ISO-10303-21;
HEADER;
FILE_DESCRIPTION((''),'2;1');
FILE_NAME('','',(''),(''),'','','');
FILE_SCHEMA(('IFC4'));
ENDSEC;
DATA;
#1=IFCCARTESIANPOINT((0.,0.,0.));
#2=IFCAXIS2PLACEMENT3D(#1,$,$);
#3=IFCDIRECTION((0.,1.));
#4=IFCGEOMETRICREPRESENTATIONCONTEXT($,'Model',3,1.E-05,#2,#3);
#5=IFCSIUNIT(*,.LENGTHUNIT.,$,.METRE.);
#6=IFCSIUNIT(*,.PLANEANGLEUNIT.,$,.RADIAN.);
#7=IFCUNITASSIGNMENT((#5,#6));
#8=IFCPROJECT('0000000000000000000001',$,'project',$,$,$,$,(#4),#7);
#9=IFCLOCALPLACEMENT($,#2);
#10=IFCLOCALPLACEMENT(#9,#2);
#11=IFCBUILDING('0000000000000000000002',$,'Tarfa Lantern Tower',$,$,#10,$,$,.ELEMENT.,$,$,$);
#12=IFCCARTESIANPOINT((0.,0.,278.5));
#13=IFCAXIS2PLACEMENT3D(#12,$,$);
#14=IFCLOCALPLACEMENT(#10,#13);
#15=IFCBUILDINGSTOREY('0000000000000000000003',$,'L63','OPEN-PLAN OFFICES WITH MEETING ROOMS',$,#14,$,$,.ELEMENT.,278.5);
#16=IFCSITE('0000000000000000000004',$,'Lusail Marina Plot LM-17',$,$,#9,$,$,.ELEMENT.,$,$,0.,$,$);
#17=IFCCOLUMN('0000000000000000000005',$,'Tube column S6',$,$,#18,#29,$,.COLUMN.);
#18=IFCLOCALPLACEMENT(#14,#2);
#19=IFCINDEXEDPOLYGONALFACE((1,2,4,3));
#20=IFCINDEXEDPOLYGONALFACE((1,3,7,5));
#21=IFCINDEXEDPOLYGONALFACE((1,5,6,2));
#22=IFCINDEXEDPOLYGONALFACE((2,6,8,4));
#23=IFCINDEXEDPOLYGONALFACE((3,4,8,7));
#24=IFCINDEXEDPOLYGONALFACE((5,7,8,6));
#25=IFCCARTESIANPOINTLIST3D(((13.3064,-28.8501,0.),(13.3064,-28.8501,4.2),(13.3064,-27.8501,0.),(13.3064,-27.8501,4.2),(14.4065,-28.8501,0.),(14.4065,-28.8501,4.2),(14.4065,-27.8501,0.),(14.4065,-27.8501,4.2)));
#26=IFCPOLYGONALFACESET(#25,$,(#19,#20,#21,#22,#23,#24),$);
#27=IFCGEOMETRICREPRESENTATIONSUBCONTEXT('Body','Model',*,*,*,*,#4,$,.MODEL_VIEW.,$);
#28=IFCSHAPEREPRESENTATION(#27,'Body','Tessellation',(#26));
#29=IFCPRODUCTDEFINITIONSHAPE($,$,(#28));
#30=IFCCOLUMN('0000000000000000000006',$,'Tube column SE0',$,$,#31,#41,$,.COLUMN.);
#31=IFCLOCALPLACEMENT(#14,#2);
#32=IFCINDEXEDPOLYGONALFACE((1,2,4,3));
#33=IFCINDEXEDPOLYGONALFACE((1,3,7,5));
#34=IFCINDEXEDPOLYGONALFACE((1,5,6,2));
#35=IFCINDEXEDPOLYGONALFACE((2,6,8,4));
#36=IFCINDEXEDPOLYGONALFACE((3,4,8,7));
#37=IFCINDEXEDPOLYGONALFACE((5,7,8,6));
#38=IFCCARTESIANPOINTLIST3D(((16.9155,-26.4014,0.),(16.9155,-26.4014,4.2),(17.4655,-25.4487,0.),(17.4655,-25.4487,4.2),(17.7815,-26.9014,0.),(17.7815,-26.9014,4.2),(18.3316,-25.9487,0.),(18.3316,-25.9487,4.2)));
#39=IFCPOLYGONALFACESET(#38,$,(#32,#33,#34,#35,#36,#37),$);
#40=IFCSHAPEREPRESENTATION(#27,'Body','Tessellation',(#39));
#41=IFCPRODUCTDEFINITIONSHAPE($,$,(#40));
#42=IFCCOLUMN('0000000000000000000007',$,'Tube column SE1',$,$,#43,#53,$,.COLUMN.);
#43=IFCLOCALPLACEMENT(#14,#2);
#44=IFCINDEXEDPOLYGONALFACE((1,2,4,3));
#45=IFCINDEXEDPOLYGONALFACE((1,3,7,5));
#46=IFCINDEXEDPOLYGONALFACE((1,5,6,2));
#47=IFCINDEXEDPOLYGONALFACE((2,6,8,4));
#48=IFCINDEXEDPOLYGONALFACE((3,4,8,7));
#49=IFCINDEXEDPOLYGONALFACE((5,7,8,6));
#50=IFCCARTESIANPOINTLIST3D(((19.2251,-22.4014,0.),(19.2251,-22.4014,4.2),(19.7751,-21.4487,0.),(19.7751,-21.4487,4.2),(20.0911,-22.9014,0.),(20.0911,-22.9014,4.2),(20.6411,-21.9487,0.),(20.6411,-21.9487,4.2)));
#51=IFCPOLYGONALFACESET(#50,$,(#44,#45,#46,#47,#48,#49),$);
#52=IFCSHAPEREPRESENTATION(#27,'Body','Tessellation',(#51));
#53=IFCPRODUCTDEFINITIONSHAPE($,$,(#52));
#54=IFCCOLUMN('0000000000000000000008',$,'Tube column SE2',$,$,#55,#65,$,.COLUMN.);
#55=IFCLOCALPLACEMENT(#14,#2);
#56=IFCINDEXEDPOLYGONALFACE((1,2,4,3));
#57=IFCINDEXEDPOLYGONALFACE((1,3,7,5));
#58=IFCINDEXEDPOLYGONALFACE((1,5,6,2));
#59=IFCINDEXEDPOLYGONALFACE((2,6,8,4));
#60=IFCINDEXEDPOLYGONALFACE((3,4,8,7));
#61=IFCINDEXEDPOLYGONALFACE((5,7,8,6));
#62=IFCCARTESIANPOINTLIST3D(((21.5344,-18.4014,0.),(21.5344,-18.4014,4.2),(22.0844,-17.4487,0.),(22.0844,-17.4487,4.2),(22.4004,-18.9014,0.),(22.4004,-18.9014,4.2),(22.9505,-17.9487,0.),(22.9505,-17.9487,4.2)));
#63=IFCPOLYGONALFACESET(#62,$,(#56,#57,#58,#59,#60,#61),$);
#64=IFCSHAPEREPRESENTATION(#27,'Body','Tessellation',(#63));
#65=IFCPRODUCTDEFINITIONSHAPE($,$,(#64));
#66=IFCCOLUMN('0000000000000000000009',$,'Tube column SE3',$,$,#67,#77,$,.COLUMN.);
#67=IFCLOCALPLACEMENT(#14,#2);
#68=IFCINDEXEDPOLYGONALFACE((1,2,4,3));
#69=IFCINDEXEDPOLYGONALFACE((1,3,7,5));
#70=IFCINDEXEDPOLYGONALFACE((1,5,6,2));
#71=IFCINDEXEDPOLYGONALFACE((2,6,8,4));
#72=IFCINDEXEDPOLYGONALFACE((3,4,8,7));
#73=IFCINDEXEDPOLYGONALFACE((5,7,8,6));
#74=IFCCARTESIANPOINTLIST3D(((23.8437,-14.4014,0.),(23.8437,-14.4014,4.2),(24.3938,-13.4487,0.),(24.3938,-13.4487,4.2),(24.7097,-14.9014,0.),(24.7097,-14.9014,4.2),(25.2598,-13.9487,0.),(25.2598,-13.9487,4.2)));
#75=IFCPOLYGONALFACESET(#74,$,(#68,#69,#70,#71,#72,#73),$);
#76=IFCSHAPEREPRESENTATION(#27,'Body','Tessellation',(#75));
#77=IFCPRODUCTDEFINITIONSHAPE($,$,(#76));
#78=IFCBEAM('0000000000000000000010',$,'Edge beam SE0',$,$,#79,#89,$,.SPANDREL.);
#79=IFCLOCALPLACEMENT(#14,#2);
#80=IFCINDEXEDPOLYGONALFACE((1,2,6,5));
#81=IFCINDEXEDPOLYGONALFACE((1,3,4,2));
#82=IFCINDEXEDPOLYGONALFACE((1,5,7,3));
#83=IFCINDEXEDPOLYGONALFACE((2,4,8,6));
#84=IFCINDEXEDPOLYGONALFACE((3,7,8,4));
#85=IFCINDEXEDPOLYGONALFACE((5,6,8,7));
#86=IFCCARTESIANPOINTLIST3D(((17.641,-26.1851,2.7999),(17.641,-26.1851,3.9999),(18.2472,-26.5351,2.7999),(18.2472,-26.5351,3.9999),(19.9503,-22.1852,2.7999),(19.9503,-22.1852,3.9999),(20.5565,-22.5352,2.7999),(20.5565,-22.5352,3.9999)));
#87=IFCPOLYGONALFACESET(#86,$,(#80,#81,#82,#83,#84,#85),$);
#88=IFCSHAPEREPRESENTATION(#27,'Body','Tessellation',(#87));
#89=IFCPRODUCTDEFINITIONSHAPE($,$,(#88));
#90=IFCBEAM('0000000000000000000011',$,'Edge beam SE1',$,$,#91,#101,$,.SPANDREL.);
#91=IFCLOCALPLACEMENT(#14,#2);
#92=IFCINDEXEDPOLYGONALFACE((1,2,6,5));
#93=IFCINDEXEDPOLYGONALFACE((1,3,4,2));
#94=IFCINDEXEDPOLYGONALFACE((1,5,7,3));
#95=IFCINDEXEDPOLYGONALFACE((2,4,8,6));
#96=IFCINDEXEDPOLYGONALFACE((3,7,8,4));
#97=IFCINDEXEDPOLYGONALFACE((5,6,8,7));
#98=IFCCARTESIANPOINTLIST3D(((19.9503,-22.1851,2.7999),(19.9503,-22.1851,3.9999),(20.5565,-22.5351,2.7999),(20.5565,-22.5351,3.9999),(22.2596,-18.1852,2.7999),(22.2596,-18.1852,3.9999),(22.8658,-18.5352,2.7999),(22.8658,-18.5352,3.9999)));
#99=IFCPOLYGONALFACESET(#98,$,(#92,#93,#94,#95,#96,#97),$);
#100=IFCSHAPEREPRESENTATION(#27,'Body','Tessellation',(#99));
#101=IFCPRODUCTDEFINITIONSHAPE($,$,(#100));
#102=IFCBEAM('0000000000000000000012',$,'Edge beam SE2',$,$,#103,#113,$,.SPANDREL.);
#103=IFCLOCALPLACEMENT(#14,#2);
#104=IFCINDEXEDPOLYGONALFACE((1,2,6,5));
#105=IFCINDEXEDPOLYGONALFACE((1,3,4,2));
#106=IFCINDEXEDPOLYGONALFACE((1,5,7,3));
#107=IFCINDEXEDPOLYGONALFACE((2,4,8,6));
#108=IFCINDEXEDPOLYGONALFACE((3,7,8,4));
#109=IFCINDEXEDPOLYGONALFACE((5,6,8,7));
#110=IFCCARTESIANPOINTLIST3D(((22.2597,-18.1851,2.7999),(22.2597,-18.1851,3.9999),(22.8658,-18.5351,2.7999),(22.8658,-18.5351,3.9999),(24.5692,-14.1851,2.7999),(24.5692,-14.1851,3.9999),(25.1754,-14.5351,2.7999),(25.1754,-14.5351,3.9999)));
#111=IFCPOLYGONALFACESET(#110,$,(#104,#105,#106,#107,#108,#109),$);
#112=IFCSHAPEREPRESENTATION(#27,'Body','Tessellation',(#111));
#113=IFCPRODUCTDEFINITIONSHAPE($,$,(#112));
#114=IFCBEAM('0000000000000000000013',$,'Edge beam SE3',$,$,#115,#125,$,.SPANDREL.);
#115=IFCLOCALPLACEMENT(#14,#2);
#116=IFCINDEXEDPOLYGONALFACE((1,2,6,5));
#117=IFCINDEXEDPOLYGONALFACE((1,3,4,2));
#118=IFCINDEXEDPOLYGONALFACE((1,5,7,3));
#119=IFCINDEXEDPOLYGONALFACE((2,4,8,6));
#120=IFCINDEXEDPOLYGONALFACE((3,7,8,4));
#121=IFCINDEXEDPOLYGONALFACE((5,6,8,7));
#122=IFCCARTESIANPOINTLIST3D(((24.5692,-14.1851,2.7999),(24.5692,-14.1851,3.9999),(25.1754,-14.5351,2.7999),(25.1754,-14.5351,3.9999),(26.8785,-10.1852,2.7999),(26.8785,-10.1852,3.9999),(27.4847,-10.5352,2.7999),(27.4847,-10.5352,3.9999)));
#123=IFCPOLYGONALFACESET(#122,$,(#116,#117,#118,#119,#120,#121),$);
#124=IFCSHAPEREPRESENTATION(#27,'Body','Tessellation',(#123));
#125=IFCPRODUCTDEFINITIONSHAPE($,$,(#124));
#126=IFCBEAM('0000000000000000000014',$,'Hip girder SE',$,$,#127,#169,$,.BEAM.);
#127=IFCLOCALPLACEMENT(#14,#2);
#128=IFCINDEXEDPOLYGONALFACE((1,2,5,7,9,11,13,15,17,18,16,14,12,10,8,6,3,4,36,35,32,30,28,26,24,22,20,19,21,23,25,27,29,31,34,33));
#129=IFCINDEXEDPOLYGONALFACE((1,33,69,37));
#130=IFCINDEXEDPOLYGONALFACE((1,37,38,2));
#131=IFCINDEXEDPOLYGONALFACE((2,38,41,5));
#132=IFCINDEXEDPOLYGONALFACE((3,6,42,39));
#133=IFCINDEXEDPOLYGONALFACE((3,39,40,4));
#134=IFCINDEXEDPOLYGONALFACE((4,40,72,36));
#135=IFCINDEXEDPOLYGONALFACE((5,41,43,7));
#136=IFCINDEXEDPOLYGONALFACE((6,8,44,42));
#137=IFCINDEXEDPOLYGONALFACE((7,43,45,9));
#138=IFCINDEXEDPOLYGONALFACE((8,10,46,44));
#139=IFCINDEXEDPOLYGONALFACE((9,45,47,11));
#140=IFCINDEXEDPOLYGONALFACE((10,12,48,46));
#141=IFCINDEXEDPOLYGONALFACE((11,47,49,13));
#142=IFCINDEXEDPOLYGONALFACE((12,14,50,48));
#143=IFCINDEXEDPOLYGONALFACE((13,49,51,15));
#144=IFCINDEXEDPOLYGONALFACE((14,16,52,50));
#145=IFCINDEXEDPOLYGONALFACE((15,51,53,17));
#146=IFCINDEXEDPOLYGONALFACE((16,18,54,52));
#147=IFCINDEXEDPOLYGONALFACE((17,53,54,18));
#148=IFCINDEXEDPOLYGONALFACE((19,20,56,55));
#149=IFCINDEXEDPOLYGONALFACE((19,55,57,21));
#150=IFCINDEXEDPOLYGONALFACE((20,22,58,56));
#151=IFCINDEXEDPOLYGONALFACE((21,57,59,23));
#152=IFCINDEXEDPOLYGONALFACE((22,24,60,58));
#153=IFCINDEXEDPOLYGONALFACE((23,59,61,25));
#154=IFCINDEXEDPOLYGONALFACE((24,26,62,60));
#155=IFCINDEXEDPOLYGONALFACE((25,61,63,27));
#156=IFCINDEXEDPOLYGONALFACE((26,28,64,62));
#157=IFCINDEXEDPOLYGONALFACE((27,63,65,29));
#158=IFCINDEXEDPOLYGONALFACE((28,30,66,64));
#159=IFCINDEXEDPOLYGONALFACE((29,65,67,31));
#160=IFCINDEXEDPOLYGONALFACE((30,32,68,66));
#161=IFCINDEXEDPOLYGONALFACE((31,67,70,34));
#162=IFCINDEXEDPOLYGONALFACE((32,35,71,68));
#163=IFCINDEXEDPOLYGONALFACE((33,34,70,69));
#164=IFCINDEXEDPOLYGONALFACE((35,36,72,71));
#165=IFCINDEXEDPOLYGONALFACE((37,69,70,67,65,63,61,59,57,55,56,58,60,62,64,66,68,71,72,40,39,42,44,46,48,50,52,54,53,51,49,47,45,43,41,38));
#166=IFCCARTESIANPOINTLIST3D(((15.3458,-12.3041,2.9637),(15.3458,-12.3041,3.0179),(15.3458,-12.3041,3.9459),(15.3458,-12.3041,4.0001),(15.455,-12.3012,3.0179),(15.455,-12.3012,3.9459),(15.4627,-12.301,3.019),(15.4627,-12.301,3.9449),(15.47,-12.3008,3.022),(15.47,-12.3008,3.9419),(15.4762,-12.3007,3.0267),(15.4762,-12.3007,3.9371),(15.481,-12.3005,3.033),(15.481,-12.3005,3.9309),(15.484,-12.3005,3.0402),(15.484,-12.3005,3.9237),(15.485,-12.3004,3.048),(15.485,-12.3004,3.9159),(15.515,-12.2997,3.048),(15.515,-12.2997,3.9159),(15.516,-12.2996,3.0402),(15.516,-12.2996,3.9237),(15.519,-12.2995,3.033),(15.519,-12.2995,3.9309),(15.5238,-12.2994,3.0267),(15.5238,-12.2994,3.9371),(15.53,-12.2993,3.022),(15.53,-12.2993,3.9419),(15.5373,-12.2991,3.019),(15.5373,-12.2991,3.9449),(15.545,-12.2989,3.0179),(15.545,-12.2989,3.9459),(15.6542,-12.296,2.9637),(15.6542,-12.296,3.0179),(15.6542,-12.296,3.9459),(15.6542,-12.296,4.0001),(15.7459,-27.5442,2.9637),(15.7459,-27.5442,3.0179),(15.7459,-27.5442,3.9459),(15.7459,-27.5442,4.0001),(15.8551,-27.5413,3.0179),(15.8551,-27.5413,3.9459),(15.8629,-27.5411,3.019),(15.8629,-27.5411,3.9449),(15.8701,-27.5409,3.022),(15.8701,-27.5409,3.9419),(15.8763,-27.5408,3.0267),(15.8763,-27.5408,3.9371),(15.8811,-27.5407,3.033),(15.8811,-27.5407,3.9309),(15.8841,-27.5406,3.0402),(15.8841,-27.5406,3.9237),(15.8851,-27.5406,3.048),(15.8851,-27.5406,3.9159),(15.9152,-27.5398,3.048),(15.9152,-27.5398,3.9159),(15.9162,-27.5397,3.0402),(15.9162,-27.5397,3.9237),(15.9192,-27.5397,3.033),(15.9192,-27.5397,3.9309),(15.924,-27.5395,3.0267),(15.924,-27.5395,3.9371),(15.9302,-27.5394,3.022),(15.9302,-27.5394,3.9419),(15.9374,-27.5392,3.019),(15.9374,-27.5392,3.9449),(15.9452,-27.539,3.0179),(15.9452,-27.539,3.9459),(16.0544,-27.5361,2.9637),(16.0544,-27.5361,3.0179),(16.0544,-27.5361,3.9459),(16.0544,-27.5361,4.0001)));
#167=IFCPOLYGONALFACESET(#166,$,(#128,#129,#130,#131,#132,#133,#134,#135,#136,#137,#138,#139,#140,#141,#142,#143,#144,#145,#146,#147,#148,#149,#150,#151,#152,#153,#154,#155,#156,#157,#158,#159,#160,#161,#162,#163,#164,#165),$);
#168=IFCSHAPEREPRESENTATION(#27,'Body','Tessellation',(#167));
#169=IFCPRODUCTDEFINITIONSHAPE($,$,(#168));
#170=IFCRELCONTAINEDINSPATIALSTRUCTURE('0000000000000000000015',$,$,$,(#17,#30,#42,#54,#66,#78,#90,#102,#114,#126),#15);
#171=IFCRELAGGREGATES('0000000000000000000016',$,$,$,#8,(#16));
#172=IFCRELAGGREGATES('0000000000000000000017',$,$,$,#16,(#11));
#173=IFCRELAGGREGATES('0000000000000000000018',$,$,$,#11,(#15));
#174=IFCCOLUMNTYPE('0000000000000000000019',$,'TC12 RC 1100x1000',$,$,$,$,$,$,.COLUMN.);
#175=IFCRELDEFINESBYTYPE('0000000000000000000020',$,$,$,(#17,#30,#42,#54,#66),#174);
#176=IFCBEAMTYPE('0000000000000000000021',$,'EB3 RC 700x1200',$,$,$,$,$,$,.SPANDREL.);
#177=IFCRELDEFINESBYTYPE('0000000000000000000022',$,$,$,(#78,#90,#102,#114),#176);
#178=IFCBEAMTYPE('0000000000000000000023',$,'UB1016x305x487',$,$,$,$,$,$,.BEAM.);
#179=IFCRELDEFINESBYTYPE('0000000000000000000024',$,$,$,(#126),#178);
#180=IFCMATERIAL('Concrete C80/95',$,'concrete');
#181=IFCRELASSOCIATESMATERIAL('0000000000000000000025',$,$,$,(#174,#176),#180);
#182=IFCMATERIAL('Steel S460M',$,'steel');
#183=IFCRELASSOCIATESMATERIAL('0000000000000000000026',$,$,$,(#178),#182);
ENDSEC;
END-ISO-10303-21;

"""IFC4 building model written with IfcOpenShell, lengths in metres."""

from ifc_helpers import new_model, si_unit, direction, frame, origin, origin_2d, place, context, subcontext, project, spatial, rectangle, i_section, extrude, material, material_profile, profile_set, type_object, element, save


model = new_model("IFC4")

# Units and contexts
model_context = context("Model", 3, precision=1e-05, world=origin(), true_north=direction((0.0, 1.0)))
body_context = subcontext(model_context, "Body", "Model", "MODEL_VIEW")
ifc_project = project(units=[si_unit("LENGTHUNIT", "METRE"), si_unit("PLANEANGLEUNIT", "RADIAN")], contexts=[model_context])

# Site, building, storey
site_placement = place(None, origin())
site = spatial("IfcSite", under=ifc_project, at=site_placement, Name="Lusail Marina Plot LM-17", CompositionType="ELEMENT", RefElevation=0.0)
building_placement = place(site_placement, origin())
building = spatial("IfcBuilding", under=site, at=building_placement, Name="Tarfa Lantern Tower", CompositionType="ELEMENT")
storey_placement = place(building_placement, frame((0.0, 0.0, 278.5)))
storey = spatial("IfcBuildingStorey", under=building, at=storey_placement, Name="L63", Description="OPEN-PLAN OFFICES WITH MEETING ROOMS", CompositionType="ELEMENT", Elevation=278.5)

# Columns
ifc_material_1 = material(Name="Concrete C80/95", Category="concrete")
ifc_material_profile_1 = material_profile(ifc_material_1, rectangle(XDim=1.1001, YDim=1.0, at=origin_2d()), Name="RC 1100x1000")
ifc_profile_set_1 = profile_set([ifc_material_profile_1], Name="Concrete C80/95")
column_type = type_object("IfcColumnType", Name="TC12 RC 1100x1000", PredefinedType="COLUMN", material=ifc_profile_set_1)
for number, where, z_axis, x_axis, name in (
    (1, (13.8564, -28.3501, 0.0), (0.0, 0.0, 1.0), (1.0, 0.0, 0.0), "Tube column S6"),
    (2, (17.6235, -26.175, 0.0), (0.0, 0.0, 1.0), (0.5, 0.866025, 0.0), "Tube column SE0"),
    (3, (19.9331, -22.175, 0.0), (0.0, 0.0, 1.0), (0.5, 0.866025, 0.0), "Tube column SE1"),
    (4, (22.2424, -18.175, 0.0), (0.0, 0.0, 1.0), (0.5, 0.866025, 0.0), "Tube column SE2"),
    (5, (24.5518, -14.175, 0.0), (0.0, 0.0, 1.0), (0.5, 0.866025, 0.0), "Tube column SE3"),
):
    element("IfcColumn", number, at=place(storey_placement, frame(where, z_axis=z_axis, x_axis=x_axis)), inside=storey, type_object=column_type, Name=name, PredefinedType="COLUMN", context=body_context, shape_type="SweptSolid", body=[
        extrude(rectangle(XDim=1.1001, YDim=1.0, at=origin_2d()), origin(), (0.0, 0.0, 1.0), 4.2),
    ])

# Beams
ifc_material_profile_2 = material_profile(ifc_material_1, rectangle(XDim=0.7, YDim=1.2, at=origin_2d()), Name="RC 700x1200")
ifc_profile_set_2 = profile_set([ifc_material_profile_2], Name="Concrete C80/95")
beam_type_1 = type_object("IfcBeamType", Name="EB3 RC 700x1200", PredefinedType="SPANDREL", material=ifc_profile_set_2)
for number, where, z_axis, x_axis, name in (
    (6, (17.9441, -26.3601, 3.3999), (0.499988, 0.866032, 0.0), (-0.866032, 0.499988, 0.0), "Edge beam SE0"),
    (7, (20.2534, -22.3601, 3.3999), (0.499988, 0.866032, 0.0), (-0.866032, 0.499988, 0.0), "Edge beam SE1"),
):
    element("IfcBeam", number, at=place(storey_placement, frame(where, z_axis=z_axis, x_axis=x_axis)), inside=storey, type_object=beam_type_1, Name=name, PredefinedType="SPANDREL", context=body_context, shape_type="SweptSolid", body=[
        extrude(rectangle(XDim=0.7, YDim=1.2, at=origin_2d()), origin(), (0.0, 0.0, 1.0), 4.6187),
    ])
beam_1_placement = place(storey_placement, frame((22.5627, -18.3601, 3.3999), z_axis=(0.500027, 0.86601, 0.0), x_axis=(-0.86601, 0.500027, 0.0)))
element("IfcBeam", 8, at=beam_1_placement, inside=storey, type_object=beam_type_1, Name="Edge beam SE2", PredefinedType="SPANDREL", context=body_context, shape_type="SweptSolid", body=[
    extrude(rectangle(XDim=0.7, YDim=1.2, at=origin_2d()), origin(), (0.0, 0.0, 1.0), 4.6189),
])
beam_2_placement = place(storey_placement, frame((24.8723, -14.3601, 3.3999), z_axis=(0.499988, 0.866032, 0.0), x_axis=(-0.866032, 0.499988, 0.0)))
element("IfcBeam", 9, at=beam_2_placement, inside=storey, type_object=beam_type_1, Name="Edge beam SE3", PredefinedType="SPANDREL", context=body_context, shape_type="SweptSolid", body=[
    extrude(rectangle(XDim=0.7, YDim=1.2, at=origin_2d()), origin(), (0.0, 0.0, 1.0), 4.6187),
])
ifc_material_2 = material(Name="Steel S460M", Category="steel")
ifc_material_profile_3 = material_profile(ifc_material_2, i_section(OverallWidth=0.3086, OverallDepth=1.0364, WebThickness=0.03, FlangeThickness=0.0542, FilletRadius=0.03, at=origin_2d()), Name="UB1016x305x487")
ifc_profile_set_3 = profile_set([ifc_material_profile_3], Name="Steel S460M")
beam_type_2 = type_object("IfcBeamType", Name="UB1016x305x487", PredefinedType="BEAM", material=ifc_profile_set_3)
beam_3_placement = place(storey_placement, frame((15.5, -12.3, 3.4819), z_axis=(0.026247, -0.999655, 0.0), x_axis=(0.999655, 0.026247, 0.0)))
element("IfcBeam", 10, at=beam_3_placement, inside=storey, type_object=beam_type_2, Name="Hip girder SE", PredefinedType="BEAM", context=body_context, shape_type="SweptSolid", body=[
    extrude(i_section(OverallWidth=0.3086, OverallDepth=1.0364, WebThickness=0.03, FlangeThickness=0.0542, FilletRadius=0.03, at=origin_2d()), origin(), (0.0, 0.0, 1.0), 15.2454),
])

save(model, "model.ifc")
